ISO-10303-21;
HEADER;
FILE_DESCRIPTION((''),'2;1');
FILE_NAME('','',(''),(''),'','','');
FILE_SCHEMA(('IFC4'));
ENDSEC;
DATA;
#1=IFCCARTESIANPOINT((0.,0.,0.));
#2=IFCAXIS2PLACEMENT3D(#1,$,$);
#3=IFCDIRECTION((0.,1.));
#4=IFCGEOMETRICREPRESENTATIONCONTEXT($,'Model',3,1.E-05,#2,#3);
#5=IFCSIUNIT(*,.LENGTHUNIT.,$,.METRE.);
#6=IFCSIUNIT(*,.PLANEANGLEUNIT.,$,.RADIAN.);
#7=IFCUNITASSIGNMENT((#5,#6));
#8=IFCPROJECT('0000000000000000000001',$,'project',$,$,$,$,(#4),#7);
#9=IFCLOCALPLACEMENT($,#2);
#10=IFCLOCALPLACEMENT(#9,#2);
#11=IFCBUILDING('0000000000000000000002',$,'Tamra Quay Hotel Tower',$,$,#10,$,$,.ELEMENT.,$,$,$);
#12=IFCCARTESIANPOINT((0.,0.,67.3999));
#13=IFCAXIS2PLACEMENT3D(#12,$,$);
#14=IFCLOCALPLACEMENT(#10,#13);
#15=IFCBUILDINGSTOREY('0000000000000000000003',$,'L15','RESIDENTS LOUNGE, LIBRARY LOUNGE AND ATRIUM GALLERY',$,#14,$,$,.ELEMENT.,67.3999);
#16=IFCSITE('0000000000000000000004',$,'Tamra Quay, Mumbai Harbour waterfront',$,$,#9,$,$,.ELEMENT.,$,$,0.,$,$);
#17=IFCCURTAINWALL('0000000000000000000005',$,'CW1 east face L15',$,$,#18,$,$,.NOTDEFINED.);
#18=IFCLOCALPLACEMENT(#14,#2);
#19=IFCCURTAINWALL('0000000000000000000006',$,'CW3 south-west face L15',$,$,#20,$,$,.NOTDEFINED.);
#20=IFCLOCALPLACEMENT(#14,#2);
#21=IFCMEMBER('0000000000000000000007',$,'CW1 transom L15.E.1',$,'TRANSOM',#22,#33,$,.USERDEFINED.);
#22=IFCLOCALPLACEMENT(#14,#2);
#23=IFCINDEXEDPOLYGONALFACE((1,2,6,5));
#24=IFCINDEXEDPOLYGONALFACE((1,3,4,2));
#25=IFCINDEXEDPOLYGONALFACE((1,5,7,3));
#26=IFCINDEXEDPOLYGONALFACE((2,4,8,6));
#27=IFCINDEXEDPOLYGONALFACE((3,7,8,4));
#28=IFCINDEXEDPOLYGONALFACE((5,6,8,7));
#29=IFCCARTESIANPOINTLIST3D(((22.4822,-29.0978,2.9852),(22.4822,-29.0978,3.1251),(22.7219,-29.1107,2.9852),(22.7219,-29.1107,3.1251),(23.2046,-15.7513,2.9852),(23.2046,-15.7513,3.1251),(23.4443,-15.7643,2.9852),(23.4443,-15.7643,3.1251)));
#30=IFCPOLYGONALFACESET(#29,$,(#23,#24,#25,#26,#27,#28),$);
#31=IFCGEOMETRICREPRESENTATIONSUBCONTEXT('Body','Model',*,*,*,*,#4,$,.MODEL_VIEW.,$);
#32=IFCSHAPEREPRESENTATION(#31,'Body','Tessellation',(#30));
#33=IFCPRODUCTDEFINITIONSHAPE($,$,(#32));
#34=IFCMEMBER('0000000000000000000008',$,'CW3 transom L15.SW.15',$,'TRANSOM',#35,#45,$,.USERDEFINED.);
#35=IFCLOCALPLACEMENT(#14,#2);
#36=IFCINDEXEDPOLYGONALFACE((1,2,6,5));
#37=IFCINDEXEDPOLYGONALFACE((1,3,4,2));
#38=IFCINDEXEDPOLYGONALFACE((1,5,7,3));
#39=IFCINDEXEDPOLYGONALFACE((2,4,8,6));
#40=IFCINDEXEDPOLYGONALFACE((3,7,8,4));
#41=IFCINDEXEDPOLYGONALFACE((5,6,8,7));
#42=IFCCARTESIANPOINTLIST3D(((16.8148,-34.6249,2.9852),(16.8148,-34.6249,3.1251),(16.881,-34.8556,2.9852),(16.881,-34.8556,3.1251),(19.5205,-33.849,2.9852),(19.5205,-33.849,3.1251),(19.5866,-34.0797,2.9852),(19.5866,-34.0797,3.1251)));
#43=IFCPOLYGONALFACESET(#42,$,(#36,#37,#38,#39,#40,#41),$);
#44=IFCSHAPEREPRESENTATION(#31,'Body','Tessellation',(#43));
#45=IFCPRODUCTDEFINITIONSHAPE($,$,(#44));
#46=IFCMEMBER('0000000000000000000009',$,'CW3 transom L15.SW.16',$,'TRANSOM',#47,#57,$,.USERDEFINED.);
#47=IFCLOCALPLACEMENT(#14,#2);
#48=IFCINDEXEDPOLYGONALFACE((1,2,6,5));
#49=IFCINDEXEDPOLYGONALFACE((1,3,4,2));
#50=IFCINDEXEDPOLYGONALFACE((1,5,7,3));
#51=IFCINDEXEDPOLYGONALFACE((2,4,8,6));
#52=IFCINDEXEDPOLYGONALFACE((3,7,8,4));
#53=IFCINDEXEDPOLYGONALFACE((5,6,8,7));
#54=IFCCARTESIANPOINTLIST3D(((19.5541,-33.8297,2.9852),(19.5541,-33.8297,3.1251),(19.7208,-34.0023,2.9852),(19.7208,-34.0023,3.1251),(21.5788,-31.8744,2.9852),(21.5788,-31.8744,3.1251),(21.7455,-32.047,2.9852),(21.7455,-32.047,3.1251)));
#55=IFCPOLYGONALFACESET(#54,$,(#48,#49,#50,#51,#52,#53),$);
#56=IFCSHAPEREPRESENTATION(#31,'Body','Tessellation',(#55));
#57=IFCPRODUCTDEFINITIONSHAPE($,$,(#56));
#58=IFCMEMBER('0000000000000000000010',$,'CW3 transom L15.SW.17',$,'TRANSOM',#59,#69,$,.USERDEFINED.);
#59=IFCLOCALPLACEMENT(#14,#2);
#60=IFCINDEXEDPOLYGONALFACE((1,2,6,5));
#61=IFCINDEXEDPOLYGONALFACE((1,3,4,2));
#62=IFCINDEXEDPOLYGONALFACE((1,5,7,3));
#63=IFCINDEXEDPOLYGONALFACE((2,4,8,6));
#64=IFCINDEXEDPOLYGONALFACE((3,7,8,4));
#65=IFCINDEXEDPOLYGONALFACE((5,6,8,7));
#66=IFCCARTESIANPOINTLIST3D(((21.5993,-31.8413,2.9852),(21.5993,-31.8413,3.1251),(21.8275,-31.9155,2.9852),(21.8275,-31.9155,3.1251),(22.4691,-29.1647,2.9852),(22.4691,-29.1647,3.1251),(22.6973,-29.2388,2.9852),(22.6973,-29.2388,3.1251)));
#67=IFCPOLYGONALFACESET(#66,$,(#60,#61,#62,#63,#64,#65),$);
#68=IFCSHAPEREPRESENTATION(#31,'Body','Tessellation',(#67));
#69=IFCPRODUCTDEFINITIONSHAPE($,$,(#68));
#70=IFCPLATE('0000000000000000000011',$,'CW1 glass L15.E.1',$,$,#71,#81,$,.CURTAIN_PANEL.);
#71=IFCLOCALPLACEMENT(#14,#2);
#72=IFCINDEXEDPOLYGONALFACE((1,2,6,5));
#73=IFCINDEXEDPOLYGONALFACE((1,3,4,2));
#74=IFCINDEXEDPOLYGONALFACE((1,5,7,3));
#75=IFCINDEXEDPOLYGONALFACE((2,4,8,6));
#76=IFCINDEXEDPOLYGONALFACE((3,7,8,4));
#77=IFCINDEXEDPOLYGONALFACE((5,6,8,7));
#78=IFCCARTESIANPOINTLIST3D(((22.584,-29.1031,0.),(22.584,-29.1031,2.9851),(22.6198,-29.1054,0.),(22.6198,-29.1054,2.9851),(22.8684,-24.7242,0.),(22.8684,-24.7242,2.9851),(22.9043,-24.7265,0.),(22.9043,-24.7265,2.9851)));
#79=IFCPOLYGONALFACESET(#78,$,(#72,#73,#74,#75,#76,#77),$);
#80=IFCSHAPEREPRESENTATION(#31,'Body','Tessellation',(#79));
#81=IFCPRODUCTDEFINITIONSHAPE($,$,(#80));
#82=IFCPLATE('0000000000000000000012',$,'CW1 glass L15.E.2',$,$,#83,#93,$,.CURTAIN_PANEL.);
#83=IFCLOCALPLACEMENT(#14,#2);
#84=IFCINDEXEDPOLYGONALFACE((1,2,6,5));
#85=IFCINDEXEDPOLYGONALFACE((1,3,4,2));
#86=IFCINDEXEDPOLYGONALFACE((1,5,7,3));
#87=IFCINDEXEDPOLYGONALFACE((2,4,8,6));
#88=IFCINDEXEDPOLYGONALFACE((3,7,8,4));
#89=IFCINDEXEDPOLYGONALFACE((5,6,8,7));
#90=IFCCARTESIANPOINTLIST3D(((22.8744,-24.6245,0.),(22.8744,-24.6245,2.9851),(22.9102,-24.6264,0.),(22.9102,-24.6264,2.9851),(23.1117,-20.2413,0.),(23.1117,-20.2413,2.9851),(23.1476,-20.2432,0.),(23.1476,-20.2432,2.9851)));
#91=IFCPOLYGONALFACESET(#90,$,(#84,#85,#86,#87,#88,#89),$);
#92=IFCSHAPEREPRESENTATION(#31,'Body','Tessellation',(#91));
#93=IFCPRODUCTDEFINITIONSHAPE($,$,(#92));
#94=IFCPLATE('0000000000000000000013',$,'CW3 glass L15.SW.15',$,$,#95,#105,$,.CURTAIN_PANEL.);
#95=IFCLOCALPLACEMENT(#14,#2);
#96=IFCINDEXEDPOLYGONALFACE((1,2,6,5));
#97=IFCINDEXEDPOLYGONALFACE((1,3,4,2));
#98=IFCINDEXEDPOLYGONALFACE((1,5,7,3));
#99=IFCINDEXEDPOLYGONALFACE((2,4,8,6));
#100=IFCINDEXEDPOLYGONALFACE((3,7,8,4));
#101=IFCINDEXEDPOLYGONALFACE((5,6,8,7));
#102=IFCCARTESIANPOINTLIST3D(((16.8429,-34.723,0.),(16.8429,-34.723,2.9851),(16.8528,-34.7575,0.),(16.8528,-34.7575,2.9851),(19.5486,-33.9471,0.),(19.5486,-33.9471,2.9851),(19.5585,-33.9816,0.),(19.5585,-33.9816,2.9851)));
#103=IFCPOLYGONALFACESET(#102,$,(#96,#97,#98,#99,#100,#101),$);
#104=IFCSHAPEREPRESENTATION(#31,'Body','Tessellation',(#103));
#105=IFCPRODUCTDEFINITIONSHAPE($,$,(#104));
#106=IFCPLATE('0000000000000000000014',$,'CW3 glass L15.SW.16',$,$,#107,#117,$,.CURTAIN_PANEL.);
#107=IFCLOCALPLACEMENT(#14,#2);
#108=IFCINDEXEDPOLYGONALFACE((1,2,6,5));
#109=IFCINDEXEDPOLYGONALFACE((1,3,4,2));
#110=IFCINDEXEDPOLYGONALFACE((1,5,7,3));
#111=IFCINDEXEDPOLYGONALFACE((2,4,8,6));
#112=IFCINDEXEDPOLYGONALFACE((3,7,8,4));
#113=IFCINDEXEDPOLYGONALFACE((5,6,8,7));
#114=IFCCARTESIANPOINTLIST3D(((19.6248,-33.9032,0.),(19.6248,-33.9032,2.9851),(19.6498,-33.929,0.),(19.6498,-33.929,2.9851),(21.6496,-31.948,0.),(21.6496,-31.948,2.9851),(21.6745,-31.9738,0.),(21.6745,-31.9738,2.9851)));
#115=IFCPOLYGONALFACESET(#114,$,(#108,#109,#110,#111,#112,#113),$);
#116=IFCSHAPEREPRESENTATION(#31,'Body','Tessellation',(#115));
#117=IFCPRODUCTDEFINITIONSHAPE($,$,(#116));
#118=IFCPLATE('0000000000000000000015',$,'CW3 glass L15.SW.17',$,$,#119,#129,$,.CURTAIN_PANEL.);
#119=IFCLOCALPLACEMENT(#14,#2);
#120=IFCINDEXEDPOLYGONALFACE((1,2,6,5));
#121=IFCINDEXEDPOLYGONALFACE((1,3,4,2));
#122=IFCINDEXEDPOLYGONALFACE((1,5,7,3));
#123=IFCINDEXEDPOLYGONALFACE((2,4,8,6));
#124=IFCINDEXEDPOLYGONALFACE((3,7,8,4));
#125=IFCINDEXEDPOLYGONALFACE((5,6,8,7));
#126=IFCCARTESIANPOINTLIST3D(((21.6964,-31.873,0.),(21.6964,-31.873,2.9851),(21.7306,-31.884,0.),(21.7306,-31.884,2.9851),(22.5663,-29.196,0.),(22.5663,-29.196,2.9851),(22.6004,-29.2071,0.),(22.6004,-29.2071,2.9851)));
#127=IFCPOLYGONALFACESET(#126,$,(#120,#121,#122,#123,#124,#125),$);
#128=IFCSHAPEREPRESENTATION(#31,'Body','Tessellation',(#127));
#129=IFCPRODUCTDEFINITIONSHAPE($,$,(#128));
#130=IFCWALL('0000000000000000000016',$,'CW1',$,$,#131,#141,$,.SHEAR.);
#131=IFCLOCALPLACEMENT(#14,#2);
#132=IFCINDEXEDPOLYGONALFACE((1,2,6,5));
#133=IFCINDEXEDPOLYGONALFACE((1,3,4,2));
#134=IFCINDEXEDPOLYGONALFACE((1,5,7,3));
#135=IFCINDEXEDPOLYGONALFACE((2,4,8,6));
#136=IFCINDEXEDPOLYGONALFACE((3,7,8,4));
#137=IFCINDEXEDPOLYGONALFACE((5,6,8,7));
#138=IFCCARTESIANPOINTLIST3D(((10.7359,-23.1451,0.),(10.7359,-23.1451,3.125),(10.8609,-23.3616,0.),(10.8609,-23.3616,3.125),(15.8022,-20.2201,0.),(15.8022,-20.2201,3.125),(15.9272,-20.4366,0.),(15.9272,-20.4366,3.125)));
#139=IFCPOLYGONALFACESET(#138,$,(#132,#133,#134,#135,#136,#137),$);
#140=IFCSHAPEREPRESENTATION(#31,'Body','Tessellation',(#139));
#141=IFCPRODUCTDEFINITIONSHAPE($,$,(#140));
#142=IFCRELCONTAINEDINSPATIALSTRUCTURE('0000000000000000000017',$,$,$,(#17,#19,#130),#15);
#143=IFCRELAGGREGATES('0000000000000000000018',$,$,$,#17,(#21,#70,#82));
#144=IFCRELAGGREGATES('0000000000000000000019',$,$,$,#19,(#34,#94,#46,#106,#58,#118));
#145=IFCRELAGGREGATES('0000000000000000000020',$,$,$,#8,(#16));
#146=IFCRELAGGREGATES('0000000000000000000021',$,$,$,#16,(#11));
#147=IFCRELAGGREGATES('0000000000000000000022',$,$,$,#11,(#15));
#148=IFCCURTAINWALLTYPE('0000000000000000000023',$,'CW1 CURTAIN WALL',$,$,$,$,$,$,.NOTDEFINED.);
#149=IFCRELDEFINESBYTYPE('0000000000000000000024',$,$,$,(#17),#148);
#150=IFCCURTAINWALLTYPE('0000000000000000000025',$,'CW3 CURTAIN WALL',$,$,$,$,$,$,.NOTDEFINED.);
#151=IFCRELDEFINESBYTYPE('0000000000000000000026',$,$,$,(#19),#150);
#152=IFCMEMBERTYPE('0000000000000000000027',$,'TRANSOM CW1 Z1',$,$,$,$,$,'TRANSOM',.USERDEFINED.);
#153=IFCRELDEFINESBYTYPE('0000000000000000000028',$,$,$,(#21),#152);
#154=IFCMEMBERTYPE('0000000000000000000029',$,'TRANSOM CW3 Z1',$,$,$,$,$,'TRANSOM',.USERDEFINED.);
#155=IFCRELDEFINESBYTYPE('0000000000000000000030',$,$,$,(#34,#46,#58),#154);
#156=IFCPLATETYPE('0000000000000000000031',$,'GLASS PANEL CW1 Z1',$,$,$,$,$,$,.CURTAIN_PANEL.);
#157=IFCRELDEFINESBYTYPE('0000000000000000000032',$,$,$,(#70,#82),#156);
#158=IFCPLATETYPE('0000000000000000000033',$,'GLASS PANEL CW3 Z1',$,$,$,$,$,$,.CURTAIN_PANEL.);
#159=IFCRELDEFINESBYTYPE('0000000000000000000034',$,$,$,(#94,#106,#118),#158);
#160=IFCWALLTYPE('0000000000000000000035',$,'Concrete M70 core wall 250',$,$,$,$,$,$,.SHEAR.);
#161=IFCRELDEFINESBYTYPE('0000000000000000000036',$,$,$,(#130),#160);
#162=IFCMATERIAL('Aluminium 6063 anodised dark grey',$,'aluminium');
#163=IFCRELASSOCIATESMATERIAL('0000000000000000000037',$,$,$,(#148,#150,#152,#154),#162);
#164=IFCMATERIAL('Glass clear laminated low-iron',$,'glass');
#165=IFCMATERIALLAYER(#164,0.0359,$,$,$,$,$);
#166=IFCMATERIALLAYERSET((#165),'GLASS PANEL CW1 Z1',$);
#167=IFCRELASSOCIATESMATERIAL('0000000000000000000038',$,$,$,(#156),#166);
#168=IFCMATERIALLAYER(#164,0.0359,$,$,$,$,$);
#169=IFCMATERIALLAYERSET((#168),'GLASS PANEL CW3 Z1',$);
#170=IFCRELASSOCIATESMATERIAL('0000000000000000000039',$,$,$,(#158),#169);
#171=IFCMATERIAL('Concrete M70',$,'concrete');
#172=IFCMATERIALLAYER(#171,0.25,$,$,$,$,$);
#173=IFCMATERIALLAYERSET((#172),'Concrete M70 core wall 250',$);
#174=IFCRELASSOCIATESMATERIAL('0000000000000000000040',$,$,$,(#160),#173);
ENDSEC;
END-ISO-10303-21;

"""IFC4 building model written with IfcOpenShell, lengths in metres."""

from ifc_helpers import new_model, si_unit, direction, frame, frame_2d, origin, origin_2d, place, context, subcontext, project, spatial, rectangle, extrude, material, layer, layer_set, material_profile, profile_set, type_object, element, aggregate, save


model = new_model("IFC4")

# Units and contexts
model_context = context("Model", 3, precision=1e-05, world=origin(), true_north=direction((0.0, 1.0)))
body_context = subcontext(model_context, "Body", "Model", "MODEL_VIEW")
ifc_project = project(units=[si_unit("LENGTHUNIT", "METRE"), si_unit("PLANEANGLEUNIT", "RADIAN")], contexts=[model_context])

# Site, building, storey
site_placement = place(None, origin())
site = spatial("IfcSite", under=ifc_project, at=site_placement, Name="Tamra Quay, Mumbai Harbour waterfront", CompositionType="ELEMENT", RefElevation=0.0)
building_placement = place(site_placement, origin())
building = spatial("IfcBuilding", under=site, at=building_placement, Name="Tamra Quay Hotel Tower", CompositionType="ELEMENT")
storey_placement = place(building_placement, frame((0.0, 0.0, 67.3999)))
storey = spatial("IfcBuildingStorey", under=building, at=storey_placement, Name="L15", Description="RESIDENTS LOUNGE, LIBRARY LOUNGE AND ATRIUM GALLERY", CompositionType="ELEMENT", Elevation=67.3999)

# Shared definitions
ifc_material_1 = material(Name="Concrete M70", Category="concrete")

# Curtain walls
ifc_material_2 = material(Name="Aluminium 6063 anodised dark grey", Category="aluminium")
curtain_wall_type_1 = type_object("IfcCurtainWallType", Name="CW1 CURTAIN WALL", PredefinedType="NOTDEFINED", material=ifc_material_2)
curtain_wall_1_placement = place(storey_placement, origin())
curtain_wall_1 = element("IfcCurtainWall", 1, at=curtain_wall_1_placement, inside=storey, type_object=curtain_wall_type_1, Name="CW1 east face L15", PredefinedType="NOTDEFINED")
curtain_wall_type_2 = type_object("IfcCurtainWallType", Name="CW3 CURTAIN WALL", PredefinedType="NOTDEFINED", material=ifc_material_2)
curtain_wall_2_placement = place(storey_placement, origin())
curtain_wall_2 = element("IfcCurtainWall", 2, at=curtain_wall_2_placement, inside=storey, type_object=curtain_wall_type_2, Name="CW3 south-west face L15", PredefinedType="NOTDEFINED")

# Members
ifc_material_profile_1 = material_profile(ifc_material_2, rectangle(XDim=0.24, YDim=0.1399, at=origin_2d()), Name="TRANSOM 240X140")
ifc_profile_set_1 = profile_set([ifc_material_profile_1], Name="Aluminium 6063 anodised dark grey")
member_type_1 = type_object("IfcMemberType", Name="TRANSOM CW1 Z1", ElementType="TRANSOM", PredefinedType="USERDEFINED", material=ifc_profile_set_1)
member_1_placement = place(storey_placement, frame((22.6021, -29.1042, 3.0552), z_axis=(0.054049, 0.998538, 0.0), x_axis=(-0.998538, 0.054049, 0.0)))
member_1 = element("IfcMember", 3, at=member_1_placement, type_object=member_type_1, Name="CW1 transom L15.E.1", ObjectType="TRANSOM", PredefinedType="USERDEFINED", context=body_context, shape_type="SweptSolid", body=[
    extrude(rectangle(XDim=0.24, YDim=0.1399, at=origin_2d()), origin(), (0.0, 0.0, 1.0), 13.366),
])
ifc_material_profile_2 = material_profile(ifc_material_2, rectangle(XDim=0.24, YDim=0.1399, at=origin_2d()), Name="TRANSOM 240X140")
ifc_profile_set_2 = profile_set([ifc_material_profile_2], Name="Aluminium 6063 anodised dark grey")
member_type_2 = type_object("IfcMemberType", Name="TRANSOM CW3 Z1", ElementType="TRANSOM", PredefinedType="USERDEFINED", material=ifc_profile_set_2)
member_2_placement = place(storey_placement, frame((16.8479, -34.7402, 3.0552), z_axis=(0.961255, 0.27566, 0.0), x_axis=(-0.27566, 0.961255, 0.0)))
member_2 = element("IfcMember", 4, at=member_2_placement, type_object=member_type_2, Name="CW3 transom L15.SW.15", ObjectType="TRANSOM", PredefinedType="USERDEFINED", context=body_context, shape_type="SweptSolid", body=[
    extrude(rectangle(XDim=0.24, YDim=0.1399, at=origin_2d()), origin(), (0.0, 0.0, 1.0), 2.8147),
])
member_3_placement = place(storey_placement, frame((19.6375, -33.916, 3.0552), z_axis=(0.719316, 0.694683, 0.0), x_axis=(-0.694683, 0.719316, 0.0)))
member_3 = element("IfcMember", 5, at=member_3_placement, type_object=member_type_2, Name="CW3 transom L15.SW.16", ObjectType="TRANSOM", PredefinedType="USERDEFINED", context=body_context, shape_type="SweptSolid", body=[
    extrude(rectangle(XDim=0.24, YDim=0.1399, at=origin_2d()), origin(), (0.0, 0.0, 1.0), 2.8147),
])
member_4_placement = place(storey_placement, frame((21.7134, -31.8784, 3.0552), z_axis=(0.309063, 0.951042, 0.0), x_axis=(-0.951042, 0.309063, 0.0)))
member_4 = element("IfcMember", 6, at=member_4_placement, type_object=member_type_2, Name="CW3 transom L15.SW.17", ObjectType="TRANSOM", PredefinedType="USERDEFINED", context=body_context, shape_type="SweptSolid", body=[
    extrude(rectangle(XDim=0.24, YDim=0.1399, at=origin_2d()), origin(), (0.0, 0.0, 1.0), 2.8145),
])

# Plates
ifc_material_3 = material(Name="Glass clear laminated low-iron", Category="glass")
ifc_layer_1 = layer(ifc_material_3, 0.0359)
ifc_layer_set_1 = layer_set([ifc_layer_1], Name="GLASS PANEL CW1 Z1")
plate_type_1 = type_object("IfcPlateType", Name="GLASS PANEL CW1 Z1", PredefinedType="CURTAIN_PANEL", material=ifc_layer_set_1)
plate_1_placement = place(storey_placement, frame((22.7441, -26.9148, 0.0), z_axis=(0.0, 0.0, 1.0), x_axis=(0.064813, 0.997897, 0.0)))
plate_1 = element("IfcPlate", 7, at=plate_1_placement, type_object=plate_type_1, Name="CW1 glass L15.E.1", PredefinedType="CURTAIN_PANEL", context=body_context, shape_type="SweptSolid", body=[
    extrude(rectangle(XDim=4.3882, YDim=0.0359, at=origin_2d()), origin(), (0.0, 0.0, 1.0), 2.9851),
])
plate_2_placement = place(storey_placement, frame((23.011, -22.4338, 0.0), z_axis=(0.0, 0.0, 1.0), x_axis=(0.054062, 0.998538, 0.0)))
plate_2 = element("IfcPlate", 8, at=plate_2_placement, type_object=plate_type_1, Name="CW1 glass L15.E.2", PredefinedType="CURTAIN_PANEL", context=body_context, shape_type="SweptSolid", body=[
    extrude(rectangle(XDim=4.3896, YDim=0.0359, at=origin_2d()), origin(), (0.0, 0.0, 1.0), 2.9851),
])
aggregate(curtain_wall_1, [member_1, plate_1, plate_2])
ifc_layer_2 = layer(ifc_material_3, 0.0359)
ifc_layer_set_2 = layer_set([ifc_layer_2], Name="GLASS PANEL CW3 Z1")
plate_type_2 = type_object("IfcPlateType", Name="GLASS PANEL CW3 Z1", PredefinedType="CURTAIN_PANEL", material=ifc_layer_set_2)
plate_3_placement = place(storey_placement, frame((18.2007, -34.3523, 0.0), z_axis=(0.0, 0.0, 1.0), x_axis=(0.961259, 0.275645, 0.0)))
plate_3 = element("IfcPlate", 9, at=plate_3_placement, type_object=plate_type_2, Name="CW3 glass L15.SW.15", PredefinedType="CURTAIN_PANEL", context=body_context, shape_type="SweptSolid", body=[
    extrude(rectangle(XDim=2.8147, YDim=0.0359, at=origin_2d()), origin(), (0.0, 0.0, 1.0), 2.9851),
])
plate_4_placement = place(storey_placement, frame((20.6497, -32.9385, 0.0), z_axis=(0.0, 0.0, 1.0), x_axis=(0.719346, 0.694652, 0.0)))
plate_4 = element("IfcPlate", 10, at=plate_4_placement, type_object=plate_type_2, Name="CW3 glass L15.SW.16", PredefinedType="CURTAIN_PANEL", context=body_context, shape_type="SweptSolid", body=[
    extrude(rectangle(XDim=2.8147, YDim=0.0359, at=origin_2d()), origin(), (0.0, 0.0, 1.0), 2.9851),
])
plate_5_placement = place(storey_placement, frame((22.1484, -30.54, 0.0), z_axis=(0.0, 0.0, 1.0), x_axis=(0.309041, 0.951049, 0.0)))
plate_5 = element("IfcPlate", 11, at=plate_5_placement, type_object=plate_type_2, Name="CW3 glass L15.SW.17", PredefinedType="CURTAIN_PANEL", context=body_context, shape_type="SweptSolid", body=[
    extrude(rectangle(XDim=2.8147, YDim=0.0359, at=origin_2d()), origin(), (0.0, 0.0, 1.0), 2.9851),
])
aggregate(curtain_wall_2, [member_2, plate_3, member_3, plate_4, member_4, plate_5])

# Wall
ifc_layer_3 = layer(ifc_material_1, 0.25)
ifc_layer_set_3 = layer_set([ifc_layer_3], Name="Concrete M70 core wall 250")
wall_type = type_object("IfcWallType", Name="Concrete M70 core wall 250", PredefinedType="SHEAR", material=ifc_layer_set_3)
wall_placement = place(storey_placement, frame((15.8647, -20.3284, 0.0), z_axis=(0.0, 0.0, 1.0), x_axis=(-0.866029, -0.499995, 0.0)))
element("IfcWall", 12, at=wall_placement, inside=storey, type_object=wall_type, Name="CW1", PredefinedType="SHEAR", context=body_context, shape_type="SweptSolid", body=[
    extrude(rectangle(XDim=5.8501, YDim=0.25, at=frame_2d((2.925, 0.0))), origin(), (0.0, 0.0, 1.0), 3.125),
])

save(model, "model.ifc")
